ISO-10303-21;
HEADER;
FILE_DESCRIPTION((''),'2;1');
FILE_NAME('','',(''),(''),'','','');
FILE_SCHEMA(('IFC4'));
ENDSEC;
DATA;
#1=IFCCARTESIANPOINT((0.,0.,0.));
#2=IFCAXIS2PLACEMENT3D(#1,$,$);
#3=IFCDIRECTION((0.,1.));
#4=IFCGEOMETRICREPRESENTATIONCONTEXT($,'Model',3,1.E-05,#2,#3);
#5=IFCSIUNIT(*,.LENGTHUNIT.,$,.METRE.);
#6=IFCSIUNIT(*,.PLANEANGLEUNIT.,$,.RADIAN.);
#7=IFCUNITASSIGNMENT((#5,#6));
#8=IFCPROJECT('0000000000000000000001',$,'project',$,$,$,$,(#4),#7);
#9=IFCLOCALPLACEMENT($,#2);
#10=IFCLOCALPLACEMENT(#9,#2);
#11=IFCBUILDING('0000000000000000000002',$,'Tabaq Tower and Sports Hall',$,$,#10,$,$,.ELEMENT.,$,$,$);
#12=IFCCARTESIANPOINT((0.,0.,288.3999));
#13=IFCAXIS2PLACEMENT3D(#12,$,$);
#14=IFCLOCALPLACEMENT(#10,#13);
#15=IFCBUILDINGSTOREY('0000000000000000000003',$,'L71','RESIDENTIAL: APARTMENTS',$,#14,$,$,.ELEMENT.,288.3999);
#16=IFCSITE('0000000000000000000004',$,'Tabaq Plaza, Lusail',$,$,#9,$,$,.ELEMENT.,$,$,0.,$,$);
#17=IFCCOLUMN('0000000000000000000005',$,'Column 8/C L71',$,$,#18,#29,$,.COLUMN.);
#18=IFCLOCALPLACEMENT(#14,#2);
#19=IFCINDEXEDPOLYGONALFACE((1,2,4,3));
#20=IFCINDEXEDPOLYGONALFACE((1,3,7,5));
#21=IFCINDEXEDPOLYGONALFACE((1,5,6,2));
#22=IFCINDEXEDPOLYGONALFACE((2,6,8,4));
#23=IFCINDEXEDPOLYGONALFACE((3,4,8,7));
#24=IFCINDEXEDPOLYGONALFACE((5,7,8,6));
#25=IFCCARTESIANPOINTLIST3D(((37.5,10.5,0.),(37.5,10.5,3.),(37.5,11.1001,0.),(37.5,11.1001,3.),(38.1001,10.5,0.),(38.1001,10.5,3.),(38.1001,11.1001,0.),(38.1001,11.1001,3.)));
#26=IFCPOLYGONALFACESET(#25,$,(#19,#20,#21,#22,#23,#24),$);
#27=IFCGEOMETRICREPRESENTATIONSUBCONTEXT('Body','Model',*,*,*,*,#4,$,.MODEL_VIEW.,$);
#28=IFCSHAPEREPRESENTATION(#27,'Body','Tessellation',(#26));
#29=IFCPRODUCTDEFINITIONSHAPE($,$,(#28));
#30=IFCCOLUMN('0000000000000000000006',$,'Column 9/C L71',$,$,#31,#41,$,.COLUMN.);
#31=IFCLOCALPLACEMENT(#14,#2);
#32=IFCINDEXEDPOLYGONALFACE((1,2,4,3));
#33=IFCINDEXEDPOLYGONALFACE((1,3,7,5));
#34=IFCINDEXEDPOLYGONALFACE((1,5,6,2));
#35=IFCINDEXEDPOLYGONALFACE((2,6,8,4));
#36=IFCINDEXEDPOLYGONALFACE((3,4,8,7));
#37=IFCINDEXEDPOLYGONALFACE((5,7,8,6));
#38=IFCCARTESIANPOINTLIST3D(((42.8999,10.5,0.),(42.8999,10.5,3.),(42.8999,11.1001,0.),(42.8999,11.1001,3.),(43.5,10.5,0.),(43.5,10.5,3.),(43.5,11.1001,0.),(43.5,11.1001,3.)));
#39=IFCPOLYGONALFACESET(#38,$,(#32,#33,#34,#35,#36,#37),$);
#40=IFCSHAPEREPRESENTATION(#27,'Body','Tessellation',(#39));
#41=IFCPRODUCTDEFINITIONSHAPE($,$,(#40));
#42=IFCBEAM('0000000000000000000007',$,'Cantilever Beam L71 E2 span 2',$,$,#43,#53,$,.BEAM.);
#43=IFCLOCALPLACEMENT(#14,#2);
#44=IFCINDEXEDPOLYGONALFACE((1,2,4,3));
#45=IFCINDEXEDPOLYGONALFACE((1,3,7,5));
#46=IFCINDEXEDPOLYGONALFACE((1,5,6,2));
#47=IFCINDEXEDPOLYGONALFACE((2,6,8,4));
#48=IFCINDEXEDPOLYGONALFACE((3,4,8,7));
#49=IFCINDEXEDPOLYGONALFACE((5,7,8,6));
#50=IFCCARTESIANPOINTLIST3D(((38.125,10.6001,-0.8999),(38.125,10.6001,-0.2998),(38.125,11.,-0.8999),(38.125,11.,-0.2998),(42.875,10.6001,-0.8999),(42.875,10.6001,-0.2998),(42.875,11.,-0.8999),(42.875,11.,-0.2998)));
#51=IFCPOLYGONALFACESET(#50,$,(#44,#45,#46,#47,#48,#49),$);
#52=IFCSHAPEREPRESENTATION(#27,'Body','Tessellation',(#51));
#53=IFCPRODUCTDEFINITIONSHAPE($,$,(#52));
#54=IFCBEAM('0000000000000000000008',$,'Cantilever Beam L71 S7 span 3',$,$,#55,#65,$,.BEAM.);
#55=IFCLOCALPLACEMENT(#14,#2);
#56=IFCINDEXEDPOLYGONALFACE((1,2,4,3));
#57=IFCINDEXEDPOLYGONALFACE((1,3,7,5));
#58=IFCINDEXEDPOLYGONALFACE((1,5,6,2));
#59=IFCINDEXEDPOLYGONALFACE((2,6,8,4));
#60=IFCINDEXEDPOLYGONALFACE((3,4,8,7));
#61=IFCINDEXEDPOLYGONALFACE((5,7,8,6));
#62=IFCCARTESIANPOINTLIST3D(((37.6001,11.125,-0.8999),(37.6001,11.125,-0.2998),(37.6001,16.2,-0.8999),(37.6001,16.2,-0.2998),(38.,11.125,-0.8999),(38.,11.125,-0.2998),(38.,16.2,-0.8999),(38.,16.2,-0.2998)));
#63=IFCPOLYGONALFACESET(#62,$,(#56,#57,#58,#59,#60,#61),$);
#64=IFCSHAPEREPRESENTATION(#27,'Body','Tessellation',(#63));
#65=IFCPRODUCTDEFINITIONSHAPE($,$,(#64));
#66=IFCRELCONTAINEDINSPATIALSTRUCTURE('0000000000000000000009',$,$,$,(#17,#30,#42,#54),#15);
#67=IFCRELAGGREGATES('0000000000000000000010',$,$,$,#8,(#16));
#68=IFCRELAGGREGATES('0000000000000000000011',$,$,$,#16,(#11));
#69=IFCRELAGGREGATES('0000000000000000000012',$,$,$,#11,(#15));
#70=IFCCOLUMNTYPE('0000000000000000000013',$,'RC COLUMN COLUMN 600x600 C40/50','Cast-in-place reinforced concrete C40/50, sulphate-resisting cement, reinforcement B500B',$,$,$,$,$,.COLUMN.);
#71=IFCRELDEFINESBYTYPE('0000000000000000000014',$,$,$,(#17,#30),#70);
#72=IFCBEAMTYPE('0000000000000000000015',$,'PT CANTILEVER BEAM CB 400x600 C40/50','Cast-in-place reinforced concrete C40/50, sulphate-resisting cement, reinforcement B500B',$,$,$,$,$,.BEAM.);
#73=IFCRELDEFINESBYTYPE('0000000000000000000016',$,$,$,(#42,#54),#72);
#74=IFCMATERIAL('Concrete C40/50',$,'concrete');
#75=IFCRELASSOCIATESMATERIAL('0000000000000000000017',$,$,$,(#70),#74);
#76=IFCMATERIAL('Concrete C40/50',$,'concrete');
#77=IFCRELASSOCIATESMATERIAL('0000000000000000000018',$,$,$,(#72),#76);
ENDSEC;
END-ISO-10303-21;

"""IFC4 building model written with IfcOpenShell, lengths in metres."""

from ifc_helpers import new_model, si_unit, direction, frame, origin, origin_2d, place, context, subcontext, project, spatial, rectangle, extrude, material, material_profile, profile_set, type_object, element, save


model = new_model("IFC4")

# Units and contexts
model_context = context("Model", 3, precision=1e-05, world=origin(), true_north=direction((0.0, 1.0)))
body_context = subcontext(model_context, "Body", "Model", "MODEL_VIEW")
ifc_project = project(units=[si_unit("LENGTHUNIT", "METRE"), si_unit("PLANEANGLEUNIT", "RADIAN")], contexts=[model_context])

# Site, building, storey
site_placement = place(None, origin())
site = spatial("IfcSite", under=ifc_project, at=site_placement, Name="Tabaq Plaza, Lusail", CompositionType="ELEMENT", RefElevation=0.0)
building_placement = place(site_placement, origin())
building = spatial("IfcBuilding", under=site, at=building_placement, Name="Tabaq Tower and Sports Hall", CompositionType="ELEMENT")
storey_placement = place(building_placement, frame((0.0, 0.0, 288.3999)))
storey = spatial("IfcBuildingStorey", under=building, at=storey_placement, Name="L71", Description="RESIDENTIAL: APARTMENTS", CompositionType="ELEMENT", Elevation=288.3999)

# Columns
ifc_material_1 = material(Name="Concrete C40/50", Category="concrete")
ifc_material_profile_1 = material_profile(ifc_material_1, rectangle(XDim=0.6001, YDim=0.6001, at=origin_2d()), Name="COLUMN 600x600")
ifc_profile_set_1 = profile_set([ifc_material_profile_1], Name="Concrete C40/50")
column_type = type_object("IfcColumnType", Name="RC COLUMN COLUMN 600x600 C40/50", Description="Cast-in-place reinforced concrete C40/50, sulphate-resisting cement, reinforcement B500B", PredefinedType="COLUMN", material=ifc_profile_set_1)
for number, where, z_axis, x_axis, name in (
    (1, (37.8, 10.8, 0.0), (0.0, 0.0, 1.0), (1.0, 0.0, 0.0), "Column 8/C L71"),
    (2, (43.2, 10.8, 0.0), (0.0, 0.0, 1.0), (1.0, 0.0, 0.0), "Column 9/C L71"),
):
    element("IfcColumn", number, at=place(storey_placement, frame(where, z_axis=z_axis, x_axis=x_axis)), inside=storey, type_object=column_type, Name=name, PredefinedType="COLUMN", context=body_context, shape_type="SweptSolid", body=[
        extrude(rectangle(XDim=0.6001, YDim=0.6001, at=origin_2d()), origin(), (0.0, 0.0, 1.0), 3.0),
    ])

# Beams
ifc_material_2 = material(Name="Concrete C40/50", Category="concrete")
ifc_material_profile_2 = material_profile(ifc_material_2, rectangle(XDim=0.3999, YDim=0.6001, at=origin_2d()), Name="CB 400x600")
ifc_profile_set_2 = profile_set([ifc_material_profile_2], Name="Concrete C40/50")
beam_type = type_object("IfcBeamType", Name="PT CANTILEVER BEAM CB 400x600 C40/50", Description="Cast-in-place reinforced concrete C40/50, sulphate-resisting cement, reinforcement B500B", PredefinedType="BEAM", material=ifc_profile_set_2)
beam_1_placement = place(storey_placement, frame((42.875, 10.8, -0.5999), z_axis=(-1.0, 0.0, 0.0), x_axis=(0.0, -1.0, 0.0)))
element("IfcBeam", 3, at=beam_1_placement, inside=storey, type_object=beam_type, Name="Cantilever Beam L71 E2 span 2", PredefinedType="BEAM", context=body_context, shape_type="SweptSolid", body=[
    extrude(rectangle(XDim=0.3999, YDim=0.6001, at=origin_2d()), origin(), (0.0, 0.0, 1.0), 4.75),
])
beam_2_placement = place(storey_placement, frame((37.8, 11.125, -0.5999), z_axis=(0.0, 1.0, 0.0), x_axis=(-1.0, 0.0, 0.0)))
element("IfcBeam", 4, at=beam_2_placement, inside=storey, type_object=beam_type, Name="Cantilever Beam L71 S7 span 3", PredefinedType="BEAM", context=body_context, shape_type="SweptSolid", body=[
    extrude(rectangle(XDim=0.3999, YDim=0.6001, at=origin_2d()), origin(), (0.0, 0.0, 1.0), 5.075),
])

save(model, "model.ifc")
